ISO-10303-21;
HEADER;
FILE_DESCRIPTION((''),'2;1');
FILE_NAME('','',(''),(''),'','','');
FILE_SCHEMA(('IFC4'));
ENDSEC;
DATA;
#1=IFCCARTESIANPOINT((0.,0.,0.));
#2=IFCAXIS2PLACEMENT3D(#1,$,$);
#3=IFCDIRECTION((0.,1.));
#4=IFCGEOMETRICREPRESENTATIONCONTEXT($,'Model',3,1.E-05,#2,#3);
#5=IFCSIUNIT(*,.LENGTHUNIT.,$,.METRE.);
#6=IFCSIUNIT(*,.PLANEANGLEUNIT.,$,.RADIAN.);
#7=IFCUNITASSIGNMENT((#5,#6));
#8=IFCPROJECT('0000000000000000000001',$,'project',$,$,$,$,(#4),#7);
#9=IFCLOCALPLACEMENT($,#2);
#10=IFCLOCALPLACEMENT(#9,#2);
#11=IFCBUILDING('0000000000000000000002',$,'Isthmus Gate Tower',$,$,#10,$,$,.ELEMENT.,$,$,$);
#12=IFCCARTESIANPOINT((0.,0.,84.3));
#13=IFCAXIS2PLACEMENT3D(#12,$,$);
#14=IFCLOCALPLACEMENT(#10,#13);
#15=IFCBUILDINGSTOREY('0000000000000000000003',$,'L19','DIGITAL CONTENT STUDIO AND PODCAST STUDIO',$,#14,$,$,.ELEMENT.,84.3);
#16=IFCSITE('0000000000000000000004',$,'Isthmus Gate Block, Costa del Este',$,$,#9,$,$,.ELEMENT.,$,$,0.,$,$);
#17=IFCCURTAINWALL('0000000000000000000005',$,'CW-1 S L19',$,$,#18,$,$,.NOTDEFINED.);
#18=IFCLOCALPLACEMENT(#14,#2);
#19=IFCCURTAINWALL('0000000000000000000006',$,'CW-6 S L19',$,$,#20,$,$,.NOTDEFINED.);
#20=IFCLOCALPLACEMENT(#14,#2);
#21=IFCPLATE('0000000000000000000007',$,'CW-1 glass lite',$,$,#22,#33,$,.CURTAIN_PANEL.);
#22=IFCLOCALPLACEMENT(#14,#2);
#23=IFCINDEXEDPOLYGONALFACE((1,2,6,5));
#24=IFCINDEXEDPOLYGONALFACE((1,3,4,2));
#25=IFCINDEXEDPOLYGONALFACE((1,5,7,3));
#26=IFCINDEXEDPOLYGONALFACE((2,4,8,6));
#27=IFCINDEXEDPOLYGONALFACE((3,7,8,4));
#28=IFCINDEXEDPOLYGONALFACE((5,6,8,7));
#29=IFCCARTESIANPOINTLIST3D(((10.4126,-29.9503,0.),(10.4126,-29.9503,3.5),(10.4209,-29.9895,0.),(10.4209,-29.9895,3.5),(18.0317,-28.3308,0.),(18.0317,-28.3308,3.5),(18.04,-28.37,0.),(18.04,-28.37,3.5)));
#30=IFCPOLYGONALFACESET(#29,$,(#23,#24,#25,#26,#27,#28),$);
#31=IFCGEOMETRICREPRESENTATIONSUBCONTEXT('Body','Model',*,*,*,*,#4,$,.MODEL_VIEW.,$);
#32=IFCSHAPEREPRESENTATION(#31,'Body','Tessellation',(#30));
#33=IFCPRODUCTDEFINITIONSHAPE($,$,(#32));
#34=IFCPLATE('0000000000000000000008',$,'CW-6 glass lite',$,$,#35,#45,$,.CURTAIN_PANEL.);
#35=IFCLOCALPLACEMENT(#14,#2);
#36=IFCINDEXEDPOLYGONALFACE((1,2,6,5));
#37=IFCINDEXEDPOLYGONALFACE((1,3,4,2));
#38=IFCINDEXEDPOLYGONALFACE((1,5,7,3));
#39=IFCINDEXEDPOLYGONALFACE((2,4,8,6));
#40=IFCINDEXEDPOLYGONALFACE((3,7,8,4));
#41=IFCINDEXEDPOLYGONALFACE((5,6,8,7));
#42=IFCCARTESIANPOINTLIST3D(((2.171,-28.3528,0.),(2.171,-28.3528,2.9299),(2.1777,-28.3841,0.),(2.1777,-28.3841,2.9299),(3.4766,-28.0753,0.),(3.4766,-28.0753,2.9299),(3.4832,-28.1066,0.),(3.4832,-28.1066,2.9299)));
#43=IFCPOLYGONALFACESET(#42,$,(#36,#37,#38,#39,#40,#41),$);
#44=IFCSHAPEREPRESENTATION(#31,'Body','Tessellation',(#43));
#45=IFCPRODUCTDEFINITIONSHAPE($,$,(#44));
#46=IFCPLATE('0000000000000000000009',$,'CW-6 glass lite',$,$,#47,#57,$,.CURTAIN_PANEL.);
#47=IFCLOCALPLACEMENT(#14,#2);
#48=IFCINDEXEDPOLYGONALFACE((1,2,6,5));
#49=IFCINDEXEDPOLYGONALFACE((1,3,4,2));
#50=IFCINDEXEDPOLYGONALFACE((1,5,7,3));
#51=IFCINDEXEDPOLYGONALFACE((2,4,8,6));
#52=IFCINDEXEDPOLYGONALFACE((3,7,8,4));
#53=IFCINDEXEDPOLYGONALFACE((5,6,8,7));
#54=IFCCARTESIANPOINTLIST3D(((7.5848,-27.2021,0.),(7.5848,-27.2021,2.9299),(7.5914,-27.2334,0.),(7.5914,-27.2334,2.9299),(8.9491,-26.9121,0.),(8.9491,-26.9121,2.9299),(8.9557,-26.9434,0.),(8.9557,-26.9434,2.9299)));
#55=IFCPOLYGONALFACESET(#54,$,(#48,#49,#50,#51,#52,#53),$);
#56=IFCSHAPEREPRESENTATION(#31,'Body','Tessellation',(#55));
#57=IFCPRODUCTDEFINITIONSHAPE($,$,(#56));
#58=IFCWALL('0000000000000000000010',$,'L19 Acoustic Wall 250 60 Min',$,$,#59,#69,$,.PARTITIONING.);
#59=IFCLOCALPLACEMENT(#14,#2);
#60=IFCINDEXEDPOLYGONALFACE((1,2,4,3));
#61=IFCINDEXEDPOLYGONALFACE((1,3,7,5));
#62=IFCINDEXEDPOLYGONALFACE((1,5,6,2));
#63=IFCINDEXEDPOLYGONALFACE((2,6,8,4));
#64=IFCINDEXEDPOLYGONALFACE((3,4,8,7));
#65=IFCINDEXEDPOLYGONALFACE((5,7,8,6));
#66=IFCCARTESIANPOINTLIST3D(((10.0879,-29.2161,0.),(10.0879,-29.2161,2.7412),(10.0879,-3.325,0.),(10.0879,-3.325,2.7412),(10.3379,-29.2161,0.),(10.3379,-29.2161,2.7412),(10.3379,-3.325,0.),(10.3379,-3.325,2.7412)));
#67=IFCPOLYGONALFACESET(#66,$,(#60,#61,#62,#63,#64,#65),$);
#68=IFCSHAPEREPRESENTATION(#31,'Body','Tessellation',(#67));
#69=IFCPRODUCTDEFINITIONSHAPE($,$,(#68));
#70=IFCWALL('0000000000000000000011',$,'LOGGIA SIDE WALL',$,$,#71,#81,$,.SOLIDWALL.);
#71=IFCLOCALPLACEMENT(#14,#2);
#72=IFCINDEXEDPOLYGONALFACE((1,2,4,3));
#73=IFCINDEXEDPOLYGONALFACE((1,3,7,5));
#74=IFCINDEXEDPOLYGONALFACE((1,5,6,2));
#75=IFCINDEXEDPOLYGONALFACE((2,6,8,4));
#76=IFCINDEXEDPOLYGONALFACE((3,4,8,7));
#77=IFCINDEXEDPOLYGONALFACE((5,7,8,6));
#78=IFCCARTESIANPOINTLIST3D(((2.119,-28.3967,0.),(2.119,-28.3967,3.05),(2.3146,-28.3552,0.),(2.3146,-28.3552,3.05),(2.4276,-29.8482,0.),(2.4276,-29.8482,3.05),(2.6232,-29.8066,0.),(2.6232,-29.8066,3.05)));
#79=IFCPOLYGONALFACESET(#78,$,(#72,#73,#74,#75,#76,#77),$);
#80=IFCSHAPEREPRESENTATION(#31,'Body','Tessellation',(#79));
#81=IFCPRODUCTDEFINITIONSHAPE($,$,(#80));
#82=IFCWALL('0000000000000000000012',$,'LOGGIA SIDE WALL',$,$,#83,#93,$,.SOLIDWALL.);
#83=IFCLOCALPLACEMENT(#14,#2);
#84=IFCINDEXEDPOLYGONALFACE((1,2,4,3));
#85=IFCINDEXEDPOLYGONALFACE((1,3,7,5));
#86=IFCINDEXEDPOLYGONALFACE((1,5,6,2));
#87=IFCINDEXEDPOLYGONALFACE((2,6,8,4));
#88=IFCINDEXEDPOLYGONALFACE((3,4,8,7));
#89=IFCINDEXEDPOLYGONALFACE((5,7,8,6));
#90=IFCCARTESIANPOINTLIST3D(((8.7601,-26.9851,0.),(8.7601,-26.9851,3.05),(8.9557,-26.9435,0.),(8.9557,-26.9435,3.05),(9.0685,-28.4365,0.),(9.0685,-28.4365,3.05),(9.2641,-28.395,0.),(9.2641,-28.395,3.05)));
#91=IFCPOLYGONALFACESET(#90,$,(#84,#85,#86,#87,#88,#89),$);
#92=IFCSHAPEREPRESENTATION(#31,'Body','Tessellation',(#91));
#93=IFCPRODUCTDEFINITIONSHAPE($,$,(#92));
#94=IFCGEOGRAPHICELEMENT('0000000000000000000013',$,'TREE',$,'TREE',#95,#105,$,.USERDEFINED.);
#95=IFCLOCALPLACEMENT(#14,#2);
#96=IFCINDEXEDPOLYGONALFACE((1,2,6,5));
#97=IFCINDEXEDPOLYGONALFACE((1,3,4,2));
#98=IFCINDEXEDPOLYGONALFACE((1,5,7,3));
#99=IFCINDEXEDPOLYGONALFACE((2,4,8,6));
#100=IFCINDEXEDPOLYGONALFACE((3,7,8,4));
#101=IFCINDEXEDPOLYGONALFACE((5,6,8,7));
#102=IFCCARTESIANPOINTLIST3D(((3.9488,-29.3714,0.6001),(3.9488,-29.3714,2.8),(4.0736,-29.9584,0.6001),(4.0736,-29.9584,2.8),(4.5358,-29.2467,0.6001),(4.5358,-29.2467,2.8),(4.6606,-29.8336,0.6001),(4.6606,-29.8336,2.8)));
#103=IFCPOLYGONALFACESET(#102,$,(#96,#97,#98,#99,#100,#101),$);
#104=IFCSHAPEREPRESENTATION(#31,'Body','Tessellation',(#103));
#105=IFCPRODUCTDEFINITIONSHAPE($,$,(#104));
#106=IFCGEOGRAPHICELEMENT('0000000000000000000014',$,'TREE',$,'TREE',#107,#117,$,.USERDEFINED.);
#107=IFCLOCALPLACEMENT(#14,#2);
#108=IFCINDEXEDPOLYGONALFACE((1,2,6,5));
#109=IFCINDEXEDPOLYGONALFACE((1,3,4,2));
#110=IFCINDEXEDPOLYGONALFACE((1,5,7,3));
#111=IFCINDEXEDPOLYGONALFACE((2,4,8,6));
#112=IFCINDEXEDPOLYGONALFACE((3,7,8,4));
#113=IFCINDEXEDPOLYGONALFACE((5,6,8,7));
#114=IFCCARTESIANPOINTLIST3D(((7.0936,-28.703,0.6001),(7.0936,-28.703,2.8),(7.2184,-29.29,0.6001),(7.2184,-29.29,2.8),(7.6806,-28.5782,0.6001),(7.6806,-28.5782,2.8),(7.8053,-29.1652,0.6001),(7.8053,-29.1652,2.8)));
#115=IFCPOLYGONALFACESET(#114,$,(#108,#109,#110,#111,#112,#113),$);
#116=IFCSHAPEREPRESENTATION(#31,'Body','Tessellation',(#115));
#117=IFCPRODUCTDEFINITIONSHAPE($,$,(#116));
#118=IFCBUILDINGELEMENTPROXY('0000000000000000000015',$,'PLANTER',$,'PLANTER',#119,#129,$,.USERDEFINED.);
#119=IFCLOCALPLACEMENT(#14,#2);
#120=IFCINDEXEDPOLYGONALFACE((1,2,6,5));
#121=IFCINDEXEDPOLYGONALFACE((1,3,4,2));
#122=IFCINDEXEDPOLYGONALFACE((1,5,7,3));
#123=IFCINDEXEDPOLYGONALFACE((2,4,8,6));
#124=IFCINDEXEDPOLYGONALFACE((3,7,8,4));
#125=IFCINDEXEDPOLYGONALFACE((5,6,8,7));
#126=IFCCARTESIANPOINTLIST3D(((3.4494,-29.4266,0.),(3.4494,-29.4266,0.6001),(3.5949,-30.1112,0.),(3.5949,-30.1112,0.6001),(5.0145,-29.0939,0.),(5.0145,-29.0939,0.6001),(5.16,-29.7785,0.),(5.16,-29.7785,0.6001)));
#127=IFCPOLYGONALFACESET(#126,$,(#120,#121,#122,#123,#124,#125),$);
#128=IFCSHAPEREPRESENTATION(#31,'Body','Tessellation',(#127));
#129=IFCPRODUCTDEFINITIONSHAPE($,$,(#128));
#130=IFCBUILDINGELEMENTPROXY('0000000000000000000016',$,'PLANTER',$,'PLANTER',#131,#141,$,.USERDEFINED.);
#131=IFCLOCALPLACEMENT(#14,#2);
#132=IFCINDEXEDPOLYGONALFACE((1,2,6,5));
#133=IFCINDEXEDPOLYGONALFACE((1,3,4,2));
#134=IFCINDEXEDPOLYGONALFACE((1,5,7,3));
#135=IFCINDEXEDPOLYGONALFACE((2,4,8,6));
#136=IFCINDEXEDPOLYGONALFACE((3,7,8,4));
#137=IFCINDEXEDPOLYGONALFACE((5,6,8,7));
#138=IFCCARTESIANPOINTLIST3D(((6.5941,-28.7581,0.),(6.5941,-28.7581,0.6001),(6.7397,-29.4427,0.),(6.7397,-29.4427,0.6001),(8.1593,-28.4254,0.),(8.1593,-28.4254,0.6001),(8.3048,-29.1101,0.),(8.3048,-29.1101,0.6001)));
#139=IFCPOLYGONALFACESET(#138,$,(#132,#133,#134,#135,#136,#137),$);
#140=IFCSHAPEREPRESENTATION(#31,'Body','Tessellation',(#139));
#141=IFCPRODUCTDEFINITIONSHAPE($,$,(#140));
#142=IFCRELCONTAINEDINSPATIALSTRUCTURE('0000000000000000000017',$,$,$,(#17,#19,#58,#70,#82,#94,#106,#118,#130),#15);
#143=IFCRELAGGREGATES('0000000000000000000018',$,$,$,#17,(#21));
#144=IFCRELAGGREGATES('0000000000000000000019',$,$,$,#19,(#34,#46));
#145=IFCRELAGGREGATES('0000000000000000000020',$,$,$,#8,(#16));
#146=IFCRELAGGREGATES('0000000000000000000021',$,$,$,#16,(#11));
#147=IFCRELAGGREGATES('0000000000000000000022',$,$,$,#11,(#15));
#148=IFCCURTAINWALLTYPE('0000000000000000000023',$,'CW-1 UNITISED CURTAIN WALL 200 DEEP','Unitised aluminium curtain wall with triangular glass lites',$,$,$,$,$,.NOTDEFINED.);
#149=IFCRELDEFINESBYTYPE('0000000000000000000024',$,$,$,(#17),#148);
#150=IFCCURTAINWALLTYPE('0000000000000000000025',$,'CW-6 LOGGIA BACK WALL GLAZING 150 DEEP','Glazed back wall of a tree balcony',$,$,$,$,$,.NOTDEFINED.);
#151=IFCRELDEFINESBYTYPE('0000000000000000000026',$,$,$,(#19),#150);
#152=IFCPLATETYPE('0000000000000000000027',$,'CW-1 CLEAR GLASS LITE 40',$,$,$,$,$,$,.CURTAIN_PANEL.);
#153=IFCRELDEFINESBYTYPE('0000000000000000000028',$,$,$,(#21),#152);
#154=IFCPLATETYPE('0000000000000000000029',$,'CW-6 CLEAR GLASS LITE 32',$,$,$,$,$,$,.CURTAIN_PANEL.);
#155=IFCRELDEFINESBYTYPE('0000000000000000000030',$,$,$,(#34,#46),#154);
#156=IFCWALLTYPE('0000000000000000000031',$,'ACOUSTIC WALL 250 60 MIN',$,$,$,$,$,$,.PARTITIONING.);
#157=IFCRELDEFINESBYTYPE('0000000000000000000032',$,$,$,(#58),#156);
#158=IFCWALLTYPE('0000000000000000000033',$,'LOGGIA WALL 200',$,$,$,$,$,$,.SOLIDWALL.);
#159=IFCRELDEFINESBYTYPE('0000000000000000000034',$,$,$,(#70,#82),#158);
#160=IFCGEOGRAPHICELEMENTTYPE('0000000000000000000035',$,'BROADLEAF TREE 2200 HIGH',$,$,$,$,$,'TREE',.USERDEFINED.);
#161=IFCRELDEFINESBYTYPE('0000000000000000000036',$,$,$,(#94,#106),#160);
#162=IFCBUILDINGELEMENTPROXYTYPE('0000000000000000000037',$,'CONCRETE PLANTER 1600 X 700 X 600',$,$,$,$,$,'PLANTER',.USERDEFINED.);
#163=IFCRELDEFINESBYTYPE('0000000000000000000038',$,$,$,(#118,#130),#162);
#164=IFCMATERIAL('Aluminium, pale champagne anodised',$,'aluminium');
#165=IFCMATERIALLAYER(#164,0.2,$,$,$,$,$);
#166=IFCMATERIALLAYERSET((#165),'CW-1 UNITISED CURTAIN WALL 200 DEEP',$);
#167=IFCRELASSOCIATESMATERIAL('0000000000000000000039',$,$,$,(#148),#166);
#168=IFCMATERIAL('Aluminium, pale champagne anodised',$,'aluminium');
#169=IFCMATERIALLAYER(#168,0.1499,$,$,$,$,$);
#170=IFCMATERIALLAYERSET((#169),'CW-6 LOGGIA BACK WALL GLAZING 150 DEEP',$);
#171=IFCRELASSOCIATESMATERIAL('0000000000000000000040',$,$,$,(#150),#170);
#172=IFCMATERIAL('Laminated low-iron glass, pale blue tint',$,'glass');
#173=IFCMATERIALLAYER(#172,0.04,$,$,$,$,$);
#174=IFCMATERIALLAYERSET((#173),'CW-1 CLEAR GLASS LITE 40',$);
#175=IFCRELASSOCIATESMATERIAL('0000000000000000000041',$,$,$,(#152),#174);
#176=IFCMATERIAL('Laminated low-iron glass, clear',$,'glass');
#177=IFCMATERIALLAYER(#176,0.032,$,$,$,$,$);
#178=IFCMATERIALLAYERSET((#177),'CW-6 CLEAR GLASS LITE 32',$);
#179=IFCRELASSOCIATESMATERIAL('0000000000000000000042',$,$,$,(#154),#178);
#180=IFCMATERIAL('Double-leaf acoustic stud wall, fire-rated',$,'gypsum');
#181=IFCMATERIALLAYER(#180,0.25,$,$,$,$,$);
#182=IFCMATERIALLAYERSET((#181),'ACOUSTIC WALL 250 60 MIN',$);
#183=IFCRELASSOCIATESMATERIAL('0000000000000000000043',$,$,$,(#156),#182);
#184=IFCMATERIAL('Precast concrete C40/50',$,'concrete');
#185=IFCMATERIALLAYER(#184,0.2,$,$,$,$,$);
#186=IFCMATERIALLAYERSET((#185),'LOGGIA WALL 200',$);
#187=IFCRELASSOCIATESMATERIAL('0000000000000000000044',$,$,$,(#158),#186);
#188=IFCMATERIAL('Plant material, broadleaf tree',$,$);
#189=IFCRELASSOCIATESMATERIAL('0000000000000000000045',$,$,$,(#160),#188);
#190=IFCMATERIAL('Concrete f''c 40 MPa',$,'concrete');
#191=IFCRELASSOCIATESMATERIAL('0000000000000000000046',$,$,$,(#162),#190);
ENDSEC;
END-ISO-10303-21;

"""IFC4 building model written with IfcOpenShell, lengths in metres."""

from ifc_helpers import new_model, si_unit, direction, frame, frame_2d, origin, origin_2d, place, context, subcontext, project, spatial, rectangle, extrude, material, layer, layer_set, type_object, element, aggregate, save


model = new_model("IFC4")

# Units and contexts
model_context = context("Model", 3, precision=1e-05, world=origin(), true_north=direction((0.0, 1.0)))
body_context = subcontext(model_context, "Body", "Model", "MODEL_VIEW")
ifc_project = project(units=[si_unit("LENGTHUNIT", "METRE"), si_unit("PLANEANGLEUNIT", "RADIAN")], contexts=[model_context])

# Site, building, storey
site_placement = place(None, origin())
site = spatial("IfcSite", under=ifc_project, at=site_placement, Name="Isthmus Gate Block, Costa del Este", CompositionType="ELEMENT", RefElevation=0.0)
building_placement = place(site_placement, origin())
building = spatial("IfcBuilding", under=site, at=building_placement, Name="Isthmus Gate Tower", CompositionType="ELEMENT")
storey_placement = place(building_placement, frame((0.0, 0.0, 84.3)))
storey = spatial("IfcBuildingStorey", under=building, at=storey_placement, Name="L19", Description="DIGITAL CONTENT STUDIO AND PODCAST STUDIO", CompositionType="ELEMENT", Elevation=84.3)

# Curtain wall
ifc_material_1 = material(Name="Aluminium, pale champagne anodised", Category="aluminium")
ifc_layer_1 = layer(ifc_material_1, 0.2)
ifc_layer_set_1 = layer_set([ifc_layer_1], Name="CW-1 UNITISED CURTAIN WALL 200 DEEP")
curtain_wall_type_1 = type_object("IfcCurtainWallType", Name="CW-1 UNITISED CURTAIN WALL 200 DEEP", Description="Unitised aluminium curtain wall with triangular glass lites", PredefinedType="NOTDEFINED", material=ifc_layer_set_1)
curtain_wall_1_placement = place(storey_placement, origin())
curtain_wall_1 = element("IfcCurtainWall", 1, at=curtain_wall_1_placement, inside=storey, type_object=curtain_wall_type_1, Name="CW-1 S L19", PredefinedType="NOTDEFINED")

# Curtain wall
ifc_material_2 = material(Name="Aluminium, pale champagne anodised", Category="aluminium")
ifc_layer_2 = layer(ifc_material_2, 0.1499)
ifc_layer_set_2 = layer_set([ifc_layer_2], Name="CW-6 LOGGIA BACK WALL GLAZING 150 DEEP")
curtain_wall_type_2 = type_object("IfcCurtainWallType", Name="CW-6 LOGGIA BACK WALL GLAZING 150 DEEP", Description="Glazed back wall of a tree balcony", PredefinedType="NOTDEFINED", material=ifc_layer_set_2)
curtain_wall_2_placement = place(storey_placement, origin())
curtain_wall_2 = element("IfcCurtainWall", 2, at=curtain_wall_2_placement, inside=storey, type_object=curtain_wall_type_2, Name="CW-6 S L19", PredefinedType="NOTDEFINED")

# Plates
ifc_material_3 = material(Name="Laminated low-iron glass, pale blue tint", Category="glass")
ifc_layer_3 = layer(ifc_material_3, 0.04)
ifc_layer_set_3 = layer_set([ifc_layer_3], Name="CW-1 CLEAR GLASS LITE 40")
plate_type_1 = type_object("IfcPlateType", Name="CW-1 CLEAR GLASS LITE 40", PredefinedType="CURTAIN_PANEL", material=ifc_layer_set_3)
plate_1_placement = place(storey_placement, frame((14.2263, -29.1602, 0.0), z_axis=(0.0, 0.0, 1.0), x_axis=(0.978148, 0.207912, 0.0)))
plate_1 = element("IfcPlate", 3, at=plate_1_placement, type_object=plate_type_1, Name="CW-1 glass lite", PredefinedType="CURTAIN_PANEL", context=body_context, shape_type="SweptSolid", body=[
    extrude(rectangle(XDim=7.7893, YDim=0.04, at=origin_2d()), origin(), (0.0, 0.0, 1.0), 3.5),
])
aggregate(curtain_wall_1, [plate_1])
ifc_material_4 = material(Name="Laminated low-iron glass, clear", Category="glass")
ifc_layer_4 = layer(ifc_material_4, 0.032)
ifc_layer_set_4 = layer_set([ifc_layer_4], Name="CW-6 CLEAR GLASS LITE 32")
plate_type_2 = type_object("IfcPlateType", Name="CW-6 CLEAR GLASS LITE 32", PredefinedType="CURTAIN_PANEL", material=ifc_layer_set_4)
plate_2_placement = place(storey_placement, frame((2.8271, -28.2297, 0.0), z_axis=(0.0, 0.0, 1.0), x_axis=(0.978148, 0.207912, 0.0)))
plate_2 = element("IfcPlate", 4, at=plate_2_placement, type_object=plate_type_2, Name="CW-6 glass lite", PredefinedType="CURTAIN_PANEL", context=body_context, shape_type="SweptSolid", body=[
    extrude(rectangle(XDim=1.3347, YDim=0.032, at=origin_2d()), origin(), (0.0, 0.0, 1.0), 2.9299),
])
plate_3_placement = place(storey_placement, frame((8.2703, -27.0728, 0.0), z_axis=(0.0, 0.0, 1.0), x_axis=(0.978148, 0.207912, 0.0)))
plate_3 = element("IfcPlate", 5, at=plate_3_placement, type_object=plate_type_2, Name="CW-6 glass lite", PredefinedType="CURTAIN_PANEL", context=body_context, shape_type="SweptSolid", body=[
    extrude(rectangle(XDim=1.3948, YDim=0.032, at=origin_2d()), origin(), (0.0, 0.0, 1.0), 2.9299),
])
aggregate(curtain_wall_2, [plate_2, plate_3])

# Wall
ifc_material_5 = material(Name="Double-leaf acoustic stud wall, fire-rated", Category="gypsum")
ifc_layer_5 = layer(ifc_material_5, 0.25)
ifc_layer_set_5 = layer_set([ifc_layer_5], Name="ACOUSTIC WALL 250 60 MIN")
wall_type_1 = type_object("IfcWallType", Name="ACOUSTIC WALL 250 60 MIN", PredefinedType="PARTITIONING", material=ifc_layer_set_5)
wall_1_placement = place(storey_placement, frame((10.2129, -29.2161, 0.0), z_axis=(0.0, 0.0, 1.0), x_axis=(0.0, 1.0, 0.0)))
element("IfcWall", 6, at=wall_1_placement, inside=storey, type_object=wall_type_1, Name="L19 Acoustic Wall 250 60 Min", PredefinedType="PARTITIONING", context=body_context, shape_type="SweptSolid", body=[
    extrude(rectangle(XDim=25.8911, YDim=0.25, at=frame_2d((12.9456, 0.0))), origin(), (0.0, 0.0, 1.0), 2.7412),
])

# Shared definitions
ifc_material_6 = material(Name="Precast concrete C40/50", Category="concrete")
ifc_layer_6 = layer(ifc_material_6, 0.2)
ifc_layer_set_6 = layer_set([ifc_layer_6], Name="LOGGIA WALL 200")
wall_type_2 = type_object("IfcWallType", Name="LOGGIA WALL 200", PredefinedType="SOLIDWALL", material=ifc_layer_set_6)

# Walls
for number, where, z_axis, x_axis, name in (
    (7, (2.5254, -29.8274, 0.0), (0.0, 0.0, 1.0), (-0.207967, 0.978136, 0.0), "LOGGIA SIDE WALL"),
    (8, (9.1663, -28.4158, 0.0), (0.0, 0.0, 1.0), (-0.20781, 0.978169, 0.0), "LOGGIA SIDE WALL"),
):
    element("IfcWall", number, at=place(storey_placement, frame(where, z_axis=z_axis, x_axis=x_axis)), inside=storey, type_object=wall_type_2, Name=name, PredefinedType="SOLIDWALL", context=body_context, shape_type="SweptSolid", body=[
        extrude(rectangle(XDim=1.4839, YDim=0.2, at=frame_2d((0.7419, 0.0))), origin(), (0.0, 0.0, 1.0), 3.05),
    ])

# Geographic elements
ifc_material_7 = material(Name="Plant material, broadleaf tree")
geographic_element_type = type_object("IfcGeographicElementType", Name="BROADLEAF TREE 2200 HIGH", ElementType="TREE", PredefinedType="USERDEFINED", material=ifc_material_7)
for number, where, z_axis, x_axis, name in (
    (9, (4.3047, -29.6025, 0.6001), (0.0, 0.0, 1.0), (0.978148, 0.207912, 0.0), "TREE"),
    (10, (7.4495, -28.9341, 0.6001), (0.0, 0.0, 1.0), (0.978148, 0.207912, 0.0), "TREE"),
):
    element("IfcGeographicElement", number, at=place(storey_placement, frame(where, z_axis=z_axis, x_axis=x_axis)), inside=storey, type_object=geographic_element_type, Name=name, ObjectType="TREE", PredefinedType="USERDEFINED", context=body_context, shape_type="SweptSolid", body=[
        extrude(rectangle(XDim=0.6001, YDim=0.6001, at=origin_2d()), origin(), (0.0, 0.0, 1.0), 2.2),
    ])

# Building element proxies
ifc_material_8 = material(Name="Concrete f'c 40 MPa", Category="concrete")
building_element_proxy_type = type_object("IfcBuildingElementProxyType", Name="CONCRETE PLANTER 1600 X 700 X 600", ElementType="PLANTER", PredefinedType="USERDEFINED", material=ifc_material_8)
for number, where, z_axis, x_axis, name in (
    (11, (4.3047, -29.6025, 0.0), (0.0, 0.0, 1.0), (0.978148, 0.207912, 0.0), "PLANTER"),
    (12, (7.4495, -28.9341, 0.0), (0.0, 0.0, 1.0), (0.978148, 0.207912, 0.0), "PLANTER"),
):
    element("IfcBuildingElementProxy", number, at=place(storey_placement, frame(where, z_axis=z_axis, x_axis=x_axis)), inside=storey, type_object=building_element_proxy_type, Name=name, ObjectType="PLANTER", PredefinedType="USERDEFINED", context=body_context, shape_type="SweptSolid", body=[
        extrude(rectangle(XDim=1.6001, YDim=0.7, at=origin_2d()), origin(), (0.0, 0.0, 1.0), 0.6001),
    ])

save(model, "model.ifc")
